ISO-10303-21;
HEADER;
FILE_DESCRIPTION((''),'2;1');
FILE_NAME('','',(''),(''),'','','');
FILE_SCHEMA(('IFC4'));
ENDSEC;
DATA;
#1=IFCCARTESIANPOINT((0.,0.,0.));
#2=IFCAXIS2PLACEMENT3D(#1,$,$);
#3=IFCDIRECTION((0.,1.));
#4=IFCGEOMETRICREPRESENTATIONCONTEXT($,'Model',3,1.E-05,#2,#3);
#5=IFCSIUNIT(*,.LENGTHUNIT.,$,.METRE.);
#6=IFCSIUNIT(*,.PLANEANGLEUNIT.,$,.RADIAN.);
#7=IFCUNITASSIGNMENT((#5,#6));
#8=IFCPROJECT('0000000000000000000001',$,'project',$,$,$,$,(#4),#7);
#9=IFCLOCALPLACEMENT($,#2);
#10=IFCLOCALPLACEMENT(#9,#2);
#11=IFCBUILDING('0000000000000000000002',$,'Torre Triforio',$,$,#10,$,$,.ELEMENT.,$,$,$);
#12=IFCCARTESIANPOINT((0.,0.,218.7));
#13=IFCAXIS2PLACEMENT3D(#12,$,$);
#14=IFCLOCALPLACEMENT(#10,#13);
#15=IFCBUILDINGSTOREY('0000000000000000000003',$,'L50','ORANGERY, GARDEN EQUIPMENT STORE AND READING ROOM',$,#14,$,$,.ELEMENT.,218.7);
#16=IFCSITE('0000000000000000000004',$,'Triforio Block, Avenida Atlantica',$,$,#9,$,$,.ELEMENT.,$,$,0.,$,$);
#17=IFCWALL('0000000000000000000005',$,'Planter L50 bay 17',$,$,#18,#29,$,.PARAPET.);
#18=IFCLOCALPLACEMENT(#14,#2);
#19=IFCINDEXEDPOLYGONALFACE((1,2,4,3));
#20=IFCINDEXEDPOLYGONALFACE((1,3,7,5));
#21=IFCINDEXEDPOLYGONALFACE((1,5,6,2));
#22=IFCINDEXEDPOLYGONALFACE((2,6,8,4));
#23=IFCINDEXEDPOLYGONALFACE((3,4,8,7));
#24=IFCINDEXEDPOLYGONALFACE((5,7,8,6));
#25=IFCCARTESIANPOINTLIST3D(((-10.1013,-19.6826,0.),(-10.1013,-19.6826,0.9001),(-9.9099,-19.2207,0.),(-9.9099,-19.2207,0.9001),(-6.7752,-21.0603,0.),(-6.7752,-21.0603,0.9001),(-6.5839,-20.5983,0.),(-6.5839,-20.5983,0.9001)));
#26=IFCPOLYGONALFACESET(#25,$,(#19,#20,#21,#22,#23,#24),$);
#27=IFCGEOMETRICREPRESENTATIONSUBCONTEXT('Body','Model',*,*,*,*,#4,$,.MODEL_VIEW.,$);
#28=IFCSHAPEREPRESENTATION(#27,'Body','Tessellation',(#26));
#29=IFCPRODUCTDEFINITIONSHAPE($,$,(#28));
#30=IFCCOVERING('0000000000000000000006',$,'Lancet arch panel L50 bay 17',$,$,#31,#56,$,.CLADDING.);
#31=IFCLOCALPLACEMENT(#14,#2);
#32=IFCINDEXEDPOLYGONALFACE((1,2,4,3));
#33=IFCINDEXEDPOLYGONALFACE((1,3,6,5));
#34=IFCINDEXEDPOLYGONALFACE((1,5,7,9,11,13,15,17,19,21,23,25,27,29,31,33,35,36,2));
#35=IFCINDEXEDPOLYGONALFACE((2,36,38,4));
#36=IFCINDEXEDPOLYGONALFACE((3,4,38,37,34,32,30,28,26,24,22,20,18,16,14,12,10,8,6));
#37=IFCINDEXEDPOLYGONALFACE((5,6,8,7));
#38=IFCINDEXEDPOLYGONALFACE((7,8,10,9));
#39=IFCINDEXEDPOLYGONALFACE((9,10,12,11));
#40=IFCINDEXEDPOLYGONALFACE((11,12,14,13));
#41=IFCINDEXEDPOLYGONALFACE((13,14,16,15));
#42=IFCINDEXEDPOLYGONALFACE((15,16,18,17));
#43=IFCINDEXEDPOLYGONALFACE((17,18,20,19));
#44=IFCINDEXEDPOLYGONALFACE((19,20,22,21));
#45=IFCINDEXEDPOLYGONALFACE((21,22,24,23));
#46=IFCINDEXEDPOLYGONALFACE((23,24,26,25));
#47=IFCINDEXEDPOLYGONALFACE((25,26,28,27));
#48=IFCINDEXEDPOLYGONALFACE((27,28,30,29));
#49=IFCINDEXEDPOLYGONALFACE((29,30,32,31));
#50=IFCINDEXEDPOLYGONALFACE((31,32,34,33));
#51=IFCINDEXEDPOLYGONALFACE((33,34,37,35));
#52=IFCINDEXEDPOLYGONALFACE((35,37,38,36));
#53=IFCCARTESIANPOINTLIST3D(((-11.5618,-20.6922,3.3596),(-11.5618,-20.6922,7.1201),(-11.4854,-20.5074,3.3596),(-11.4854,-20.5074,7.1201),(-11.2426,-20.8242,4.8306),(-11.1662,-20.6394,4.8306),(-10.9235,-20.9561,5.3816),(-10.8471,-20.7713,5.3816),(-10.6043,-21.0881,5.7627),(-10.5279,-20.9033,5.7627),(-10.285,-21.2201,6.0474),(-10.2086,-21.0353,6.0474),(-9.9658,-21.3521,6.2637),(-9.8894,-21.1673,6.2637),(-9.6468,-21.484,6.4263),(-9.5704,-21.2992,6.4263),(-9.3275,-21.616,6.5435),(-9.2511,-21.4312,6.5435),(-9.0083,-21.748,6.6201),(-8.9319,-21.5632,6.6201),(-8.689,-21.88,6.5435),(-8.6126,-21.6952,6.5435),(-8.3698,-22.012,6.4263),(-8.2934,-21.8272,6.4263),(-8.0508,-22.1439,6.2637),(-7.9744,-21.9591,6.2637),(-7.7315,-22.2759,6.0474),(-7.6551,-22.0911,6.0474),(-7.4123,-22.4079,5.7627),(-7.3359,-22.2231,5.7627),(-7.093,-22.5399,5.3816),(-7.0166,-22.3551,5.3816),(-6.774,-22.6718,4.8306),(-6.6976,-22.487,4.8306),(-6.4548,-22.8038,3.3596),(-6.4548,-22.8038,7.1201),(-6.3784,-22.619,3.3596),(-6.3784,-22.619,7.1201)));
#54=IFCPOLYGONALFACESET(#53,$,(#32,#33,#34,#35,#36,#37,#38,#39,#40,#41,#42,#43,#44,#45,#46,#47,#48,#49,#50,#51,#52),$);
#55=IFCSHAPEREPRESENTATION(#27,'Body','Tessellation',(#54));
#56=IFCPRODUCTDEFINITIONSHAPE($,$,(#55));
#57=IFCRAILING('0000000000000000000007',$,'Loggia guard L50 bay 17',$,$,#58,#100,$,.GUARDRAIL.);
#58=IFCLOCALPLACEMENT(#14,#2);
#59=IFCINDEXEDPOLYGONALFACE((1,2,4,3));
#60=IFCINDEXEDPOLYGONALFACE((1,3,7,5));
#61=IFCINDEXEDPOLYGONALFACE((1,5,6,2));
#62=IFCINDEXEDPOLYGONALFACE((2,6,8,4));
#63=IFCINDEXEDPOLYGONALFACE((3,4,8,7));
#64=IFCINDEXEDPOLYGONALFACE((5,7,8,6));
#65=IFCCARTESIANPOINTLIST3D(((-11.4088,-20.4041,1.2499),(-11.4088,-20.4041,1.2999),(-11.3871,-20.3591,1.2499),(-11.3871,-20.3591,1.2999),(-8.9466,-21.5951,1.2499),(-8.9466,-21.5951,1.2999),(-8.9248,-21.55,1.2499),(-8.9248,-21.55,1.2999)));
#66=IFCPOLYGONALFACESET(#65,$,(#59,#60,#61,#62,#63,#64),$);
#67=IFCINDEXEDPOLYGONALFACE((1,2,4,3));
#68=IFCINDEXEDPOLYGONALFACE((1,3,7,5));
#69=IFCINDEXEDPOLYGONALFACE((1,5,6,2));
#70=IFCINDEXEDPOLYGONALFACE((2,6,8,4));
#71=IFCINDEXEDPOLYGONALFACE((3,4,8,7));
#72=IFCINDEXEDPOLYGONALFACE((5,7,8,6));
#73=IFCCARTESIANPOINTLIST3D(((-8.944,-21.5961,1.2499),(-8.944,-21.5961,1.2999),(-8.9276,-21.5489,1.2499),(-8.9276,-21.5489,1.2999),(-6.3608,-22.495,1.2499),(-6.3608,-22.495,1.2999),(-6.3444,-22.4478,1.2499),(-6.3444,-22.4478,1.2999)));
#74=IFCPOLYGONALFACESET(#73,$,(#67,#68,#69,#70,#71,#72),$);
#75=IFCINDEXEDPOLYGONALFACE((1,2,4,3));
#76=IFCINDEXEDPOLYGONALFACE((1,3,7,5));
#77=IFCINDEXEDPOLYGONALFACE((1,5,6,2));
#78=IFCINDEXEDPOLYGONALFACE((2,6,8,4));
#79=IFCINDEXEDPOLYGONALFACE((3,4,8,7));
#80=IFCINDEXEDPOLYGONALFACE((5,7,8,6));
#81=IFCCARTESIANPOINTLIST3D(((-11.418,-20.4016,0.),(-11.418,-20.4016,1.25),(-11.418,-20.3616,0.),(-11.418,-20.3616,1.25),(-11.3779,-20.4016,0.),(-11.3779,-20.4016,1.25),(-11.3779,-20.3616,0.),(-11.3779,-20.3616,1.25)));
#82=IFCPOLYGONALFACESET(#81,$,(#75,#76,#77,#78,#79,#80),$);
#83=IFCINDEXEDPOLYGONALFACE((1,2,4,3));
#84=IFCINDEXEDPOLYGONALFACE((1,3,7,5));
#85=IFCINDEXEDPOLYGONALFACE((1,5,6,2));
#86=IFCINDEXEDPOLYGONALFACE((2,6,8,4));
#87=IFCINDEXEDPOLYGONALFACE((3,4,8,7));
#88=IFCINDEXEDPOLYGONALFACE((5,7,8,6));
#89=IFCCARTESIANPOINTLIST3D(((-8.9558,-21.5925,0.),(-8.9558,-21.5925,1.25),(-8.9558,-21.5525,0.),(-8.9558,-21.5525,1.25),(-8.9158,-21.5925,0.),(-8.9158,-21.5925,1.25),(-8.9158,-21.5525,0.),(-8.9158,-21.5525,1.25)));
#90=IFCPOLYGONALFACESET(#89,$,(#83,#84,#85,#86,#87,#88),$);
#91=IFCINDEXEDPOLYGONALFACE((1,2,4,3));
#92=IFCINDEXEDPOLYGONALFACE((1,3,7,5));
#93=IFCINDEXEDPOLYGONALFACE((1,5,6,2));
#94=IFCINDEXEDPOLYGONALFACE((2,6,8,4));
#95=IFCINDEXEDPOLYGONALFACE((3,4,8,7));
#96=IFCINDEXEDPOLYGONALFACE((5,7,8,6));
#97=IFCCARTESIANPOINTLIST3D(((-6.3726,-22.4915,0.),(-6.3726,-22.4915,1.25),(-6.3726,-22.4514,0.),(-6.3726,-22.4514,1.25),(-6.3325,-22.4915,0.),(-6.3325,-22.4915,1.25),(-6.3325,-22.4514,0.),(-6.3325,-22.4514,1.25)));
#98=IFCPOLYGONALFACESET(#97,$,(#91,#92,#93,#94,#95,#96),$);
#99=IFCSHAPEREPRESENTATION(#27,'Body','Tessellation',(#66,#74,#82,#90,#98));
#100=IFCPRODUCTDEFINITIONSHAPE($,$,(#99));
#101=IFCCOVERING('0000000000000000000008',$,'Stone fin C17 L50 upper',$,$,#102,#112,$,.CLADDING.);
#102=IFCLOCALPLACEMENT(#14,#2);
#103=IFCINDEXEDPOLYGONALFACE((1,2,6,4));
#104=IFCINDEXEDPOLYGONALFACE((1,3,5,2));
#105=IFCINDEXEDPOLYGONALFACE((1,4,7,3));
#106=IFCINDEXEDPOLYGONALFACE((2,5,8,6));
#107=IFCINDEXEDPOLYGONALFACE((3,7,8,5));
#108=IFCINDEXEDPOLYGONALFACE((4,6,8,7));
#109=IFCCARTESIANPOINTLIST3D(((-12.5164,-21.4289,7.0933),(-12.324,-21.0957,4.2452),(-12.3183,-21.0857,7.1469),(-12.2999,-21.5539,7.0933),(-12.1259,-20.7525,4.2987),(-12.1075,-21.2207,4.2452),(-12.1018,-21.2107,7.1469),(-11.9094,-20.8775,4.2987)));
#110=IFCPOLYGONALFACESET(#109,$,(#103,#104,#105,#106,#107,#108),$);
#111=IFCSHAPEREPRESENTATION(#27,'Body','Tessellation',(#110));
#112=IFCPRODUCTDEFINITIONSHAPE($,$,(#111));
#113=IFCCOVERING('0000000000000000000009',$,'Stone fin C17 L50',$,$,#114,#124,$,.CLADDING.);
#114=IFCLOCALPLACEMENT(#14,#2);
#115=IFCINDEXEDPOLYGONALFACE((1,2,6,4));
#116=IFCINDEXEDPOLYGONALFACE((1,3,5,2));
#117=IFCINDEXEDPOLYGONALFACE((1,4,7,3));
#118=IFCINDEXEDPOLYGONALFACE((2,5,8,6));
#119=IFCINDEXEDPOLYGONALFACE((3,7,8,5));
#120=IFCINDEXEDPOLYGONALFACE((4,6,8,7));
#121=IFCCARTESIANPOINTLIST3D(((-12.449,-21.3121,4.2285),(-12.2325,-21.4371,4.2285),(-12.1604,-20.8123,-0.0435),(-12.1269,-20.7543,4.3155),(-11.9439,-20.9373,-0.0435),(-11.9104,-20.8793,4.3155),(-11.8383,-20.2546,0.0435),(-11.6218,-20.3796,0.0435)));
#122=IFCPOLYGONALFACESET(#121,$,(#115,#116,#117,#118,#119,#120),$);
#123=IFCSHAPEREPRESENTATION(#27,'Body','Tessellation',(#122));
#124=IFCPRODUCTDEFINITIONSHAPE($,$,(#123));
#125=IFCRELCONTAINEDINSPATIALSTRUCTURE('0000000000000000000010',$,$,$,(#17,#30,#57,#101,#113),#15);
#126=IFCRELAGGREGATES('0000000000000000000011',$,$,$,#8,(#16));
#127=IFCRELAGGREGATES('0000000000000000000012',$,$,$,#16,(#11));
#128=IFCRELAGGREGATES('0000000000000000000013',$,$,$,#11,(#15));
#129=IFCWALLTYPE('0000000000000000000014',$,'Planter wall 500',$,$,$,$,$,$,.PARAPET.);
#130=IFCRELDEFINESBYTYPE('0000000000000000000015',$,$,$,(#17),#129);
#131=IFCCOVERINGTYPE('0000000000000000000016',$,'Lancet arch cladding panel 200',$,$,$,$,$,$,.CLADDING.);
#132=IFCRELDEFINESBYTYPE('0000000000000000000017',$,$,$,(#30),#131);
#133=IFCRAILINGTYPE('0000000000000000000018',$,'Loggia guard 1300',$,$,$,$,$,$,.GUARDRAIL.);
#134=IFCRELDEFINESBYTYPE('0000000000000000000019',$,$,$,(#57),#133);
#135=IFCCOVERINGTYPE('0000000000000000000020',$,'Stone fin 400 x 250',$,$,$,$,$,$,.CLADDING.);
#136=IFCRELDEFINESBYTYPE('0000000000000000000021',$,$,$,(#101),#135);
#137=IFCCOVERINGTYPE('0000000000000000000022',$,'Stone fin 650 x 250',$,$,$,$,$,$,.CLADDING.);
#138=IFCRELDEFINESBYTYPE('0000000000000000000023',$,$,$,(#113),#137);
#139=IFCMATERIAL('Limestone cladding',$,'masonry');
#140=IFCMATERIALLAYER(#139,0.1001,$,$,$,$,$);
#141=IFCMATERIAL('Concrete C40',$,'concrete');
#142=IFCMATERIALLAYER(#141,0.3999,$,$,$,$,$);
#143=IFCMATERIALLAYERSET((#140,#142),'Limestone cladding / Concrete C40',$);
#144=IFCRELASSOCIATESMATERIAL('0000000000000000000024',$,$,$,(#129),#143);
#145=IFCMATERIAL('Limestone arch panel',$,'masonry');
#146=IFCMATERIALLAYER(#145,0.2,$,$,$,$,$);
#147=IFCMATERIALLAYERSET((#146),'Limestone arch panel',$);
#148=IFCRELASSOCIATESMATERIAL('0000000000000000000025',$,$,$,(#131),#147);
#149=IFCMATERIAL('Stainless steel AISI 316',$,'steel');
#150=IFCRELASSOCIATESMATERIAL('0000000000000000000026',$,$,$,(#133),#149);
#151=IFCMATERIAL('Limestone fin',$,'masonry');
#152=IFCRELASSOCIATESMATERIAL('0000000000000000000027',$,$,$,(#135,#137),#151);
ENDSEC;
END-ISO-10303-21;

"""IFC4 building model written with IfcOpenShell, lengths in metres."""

from ifc_helpers import new_model, si_unit, direction, frame, frame_2d, origin, origin_2d, place, context, subcontext, project, spatial, polyline, rectangle, outline, extrude, material, layer, layer_set, material_profile, profile_set, type_object, element, save


model = new_model("IFC4")

# Units and contexts
model_context = context("Model", 3, precision=1e-05, world=origin(), true_north=direction((0.0, 1.0)))
body_context = subcontext(model_context, "Body", "Model", "MODEL_VIEW")
ifc_project = project(units=[si_unit("LENGTHUNIT", "METRE"), si_unit("PLANEANGLEUNIT", "RADIAN")], contexts=[model_context])

# Site, building, storey
site_placement = place(None, origin())
site = spatial("IfcSite", under=ifc_project, at=site_placement, Name="Triforio Block, Avenida Atlantica", CompositionType="ELEMENT", RefElevation=0.0)
building_placement = place(site_placement, origin())
building = spatial("IfcBuilding", under=site, at=building_placement, Name="Torre Triforio", CompositionType="ELEMENT")
storey_placement = place(building_placement, frame((0.0, 0.0, 218.7)))
storey = spatial("IfcBuildingStorey", under=building, at=storey_placement, Name="L50", Description="ORANGERY, GARDEN EQUIPMENT STORE AND READING ROOM", CompositionType="ELEMENT", Elevation=218.7)

# Shared definitions
ifc_material_1 = material(Name="Concrete C40", Category="concrete")

# Wall
ifc_material_2 = material(Name="Limestone cladding", Category="masonry")
ifc_layer_1 = layer(ifc_material_2, 0.1001)
ifc_layer_2 = layer(ifc_material_1, 0.3999)
ifc_layer_set_1 = layer_set([ifc_layer_1, ifc_layer_2], Name="Limestone cladding / Concrete C40")
wall_type = type_object("IfcWallType", Name="Planter wall 500", PredefinedType="PARAPET", material=ifc_layer_set_1)
wall_placement = place(storey_placement, frame((-10.0056, -19.4517, 0.0), z_axis=(0.0, 0.0, 1.0), x_axis=(0.923885, -0.382669, 0.0)))
element("IfcWall", 1, at=wall_placement, inside=storey, type_object=wall_type, Name="Planter L50 bay 17", PredefinedType="PARAPET", context=body_context, shape_type="SweptSolid", body=[
    extrude(rectangle(XDim=3.6001, YDim=0.5, at=frame_2d((1.8, 0.0))), origin(), (0.0, 0.0, 1.0), 0.9001),
])

# Covering
ifc_material_3 = material(Name="Limestone arch panel", Category="masonry")
ifc_layer_3 = layer(ifc_material_3, 0.2)
ifc_layer_set_2 = layer_set([ifc_layer_3], Name="Limestone arch panel")
covering_type_1 = type_object("IfcCoveringType", Name="Lancet arch cladding panel 200", PredefinedType="CLADDING", material=ifc_layer_set_2)
covering_1_placement = place(storey_placement, frame((-8.9319, -21.5632, 0.0), z_axis=(-0.3821, -0.924121, 0.0), x_axis=(0.924121, -0.3821, 0.0)))
element("IfcCovering", 2, at=covering_1_placement, inside=storey, type_object=covering_type_1, Name="Lancet arch panel L50 bay 17", PredefinedType="CLADDING", context=body_context, shape_type="SweptSolid", body=[
    extrude(outline(polyline([(-2.7632, 7.1201), (-2.7632, 3.3596), (-2.4177, 4.8306), (-2.0725, 5.3816), (-1.7271, 5.7627), (-1.3816, 6.0474), (-1.0361, 6.2637), (-0.6909, 6.4263), (-0.3455, 6.5435), (0.0, 6.6201), (0.3455, 6.5435), (0.6909, 6.4263), (1.0361, 6.2637), (1.3816, 6.0474), (1.7271, 5.7627), (2.0725, 5.3816), (2.4177, 4.8306), (2.7632, 3.3596), (2.7632, 7.1201), (-2.7632, 7.1201)])), origin(), (0.0, 0.0, 1.0), 0.2),
])

# Railing
ifc_material_4 = material(Name="Stainless steel AISI 316", Category="steel")
railing_type = type_object("IfcRailingType", Name="Loggia guard 1300", PredefinedType="GUARDRAIL", material=ifc_material_4)
railing_placement = place(storey_placement, frame((-11.3979, -20.3816, 0.0)))
element("IfcRailing", 3, at=railing_placement, inside=storey, type_object=railing_type, Name="Loggia guard L50 bay 17", PredefinedType="GUARDRAIL", context=body_context, shape_type="SweptSolid", body=[
    extrude(rectangle(XDim=0.05, YDim=0.05, at=origin_2d()), frame((0.0, 0.0, 1.2749), z_axis=(0.900224, -0.435428, 0.0), x_axis=(0.435428, 0.900224, 0.0)), (0.0, 0.0, 1.0), 2.7351),
    extrude(rectangle(XDim=0.05, YDim=0.05, at=origin_2d()), frame((2.4622, -1.1909, 1.2749), z_axis=(0.944451, -0.328652, 0.0), x_axis=(0.328652, 0.944451, 0.0)), (0.0, 0.0, 1.0), 2.7351),
    extrude(rectangle(XDim=0.04, YDim=0.04, at=origin_2d()), origin(), (0.0, 0.0, 1.0), 1.25),
    extrude(rectangle(XDim=0.04, YDim=0.04, at=origin_2d()), frame((2.4622, -1.1909, 0.0)), (0.0, 0.0, 1.0), 1.25),
    extrude(rectangle(XDim=0.04, YDim=0.04, at=origin_2d()), frame((5.0454, -2.0898, 0.0)), (0.0, 0.0, 1.0), 1.25),
])

# Coverings
ifc_material_5 = material(Name="Limestone fin", Category="masonry")
ifc_material_profile_1 = material_profile(ifc_material_5, rectangle(XDim=0.3999, YDim=0.25, at=origin_2d()), Name="FIN 400x250")
ifc_profile_set_1 = profile_set([ifc_material_profile_1], Name="Limestone fin")
covering_type_2 = type_object("IfcCoveringType", Name="Stone fin 400 x 250", PredefinedType="CLADDING", material=ifc_profile_set_1)
covering_2_placement = place(storey_placement, frame((-12.1167, -20.9866, 4.272), z_axis=(-0.066939, -0.115953, 0.990997), x_axis=(0.495459, 0.858251, 0.133888)))
element("IfcCovering", 4, at=covering_2_placement, inside=storey, type_object=covering_type_2, Name="Stone fin C17 L50 upper", PredefinedType="CLADDING", context=body_context, shape_type="SweptSolid", body=[
    extrude(rectangle(XDim=0.3999, YDim=0.25, at=origin_2d()), origin(), (0.0, 0.0, 1.0), 2.874),
])
ifc_material_profile_2 = material_profile(ifc_material_5, rectangle(XDim=0.6499, YDim=0.25, at=origin_2d()), Name="FIN 650x250")
ifc_profile_set_2 = profile_set([ifc_material_profile_2], Name="Limestone fin")
covering_type_3 = type_object("IfcCoveringType", Name="Stone fin 650 x 250", PredefinedType="CLADDING", material=ifc_profile_set_2)
covering_3_placement = place(storey_placement, frame((-11.8911, -20.5959, 0.0), z_axis=(-0.066943, -0.115932, 0.990999), x_axis=(0.495551, 0.8582, 0.133871)))
element("IfcCovering", 5, at=covering_3_placement, inside=storey, type_object=covering_type_3, Name="Stone fin C17 L50", PredefinedType="CLADDING", context=body_context, shape_type="SweptSolid", body=[
    extrude(rectangle(XDim=0.6499, YDim=0.25, at=origin_2d()), origin(), (0.0, 0.0, 1.0), 4.3108),
])

save(model, "model.ifc")
